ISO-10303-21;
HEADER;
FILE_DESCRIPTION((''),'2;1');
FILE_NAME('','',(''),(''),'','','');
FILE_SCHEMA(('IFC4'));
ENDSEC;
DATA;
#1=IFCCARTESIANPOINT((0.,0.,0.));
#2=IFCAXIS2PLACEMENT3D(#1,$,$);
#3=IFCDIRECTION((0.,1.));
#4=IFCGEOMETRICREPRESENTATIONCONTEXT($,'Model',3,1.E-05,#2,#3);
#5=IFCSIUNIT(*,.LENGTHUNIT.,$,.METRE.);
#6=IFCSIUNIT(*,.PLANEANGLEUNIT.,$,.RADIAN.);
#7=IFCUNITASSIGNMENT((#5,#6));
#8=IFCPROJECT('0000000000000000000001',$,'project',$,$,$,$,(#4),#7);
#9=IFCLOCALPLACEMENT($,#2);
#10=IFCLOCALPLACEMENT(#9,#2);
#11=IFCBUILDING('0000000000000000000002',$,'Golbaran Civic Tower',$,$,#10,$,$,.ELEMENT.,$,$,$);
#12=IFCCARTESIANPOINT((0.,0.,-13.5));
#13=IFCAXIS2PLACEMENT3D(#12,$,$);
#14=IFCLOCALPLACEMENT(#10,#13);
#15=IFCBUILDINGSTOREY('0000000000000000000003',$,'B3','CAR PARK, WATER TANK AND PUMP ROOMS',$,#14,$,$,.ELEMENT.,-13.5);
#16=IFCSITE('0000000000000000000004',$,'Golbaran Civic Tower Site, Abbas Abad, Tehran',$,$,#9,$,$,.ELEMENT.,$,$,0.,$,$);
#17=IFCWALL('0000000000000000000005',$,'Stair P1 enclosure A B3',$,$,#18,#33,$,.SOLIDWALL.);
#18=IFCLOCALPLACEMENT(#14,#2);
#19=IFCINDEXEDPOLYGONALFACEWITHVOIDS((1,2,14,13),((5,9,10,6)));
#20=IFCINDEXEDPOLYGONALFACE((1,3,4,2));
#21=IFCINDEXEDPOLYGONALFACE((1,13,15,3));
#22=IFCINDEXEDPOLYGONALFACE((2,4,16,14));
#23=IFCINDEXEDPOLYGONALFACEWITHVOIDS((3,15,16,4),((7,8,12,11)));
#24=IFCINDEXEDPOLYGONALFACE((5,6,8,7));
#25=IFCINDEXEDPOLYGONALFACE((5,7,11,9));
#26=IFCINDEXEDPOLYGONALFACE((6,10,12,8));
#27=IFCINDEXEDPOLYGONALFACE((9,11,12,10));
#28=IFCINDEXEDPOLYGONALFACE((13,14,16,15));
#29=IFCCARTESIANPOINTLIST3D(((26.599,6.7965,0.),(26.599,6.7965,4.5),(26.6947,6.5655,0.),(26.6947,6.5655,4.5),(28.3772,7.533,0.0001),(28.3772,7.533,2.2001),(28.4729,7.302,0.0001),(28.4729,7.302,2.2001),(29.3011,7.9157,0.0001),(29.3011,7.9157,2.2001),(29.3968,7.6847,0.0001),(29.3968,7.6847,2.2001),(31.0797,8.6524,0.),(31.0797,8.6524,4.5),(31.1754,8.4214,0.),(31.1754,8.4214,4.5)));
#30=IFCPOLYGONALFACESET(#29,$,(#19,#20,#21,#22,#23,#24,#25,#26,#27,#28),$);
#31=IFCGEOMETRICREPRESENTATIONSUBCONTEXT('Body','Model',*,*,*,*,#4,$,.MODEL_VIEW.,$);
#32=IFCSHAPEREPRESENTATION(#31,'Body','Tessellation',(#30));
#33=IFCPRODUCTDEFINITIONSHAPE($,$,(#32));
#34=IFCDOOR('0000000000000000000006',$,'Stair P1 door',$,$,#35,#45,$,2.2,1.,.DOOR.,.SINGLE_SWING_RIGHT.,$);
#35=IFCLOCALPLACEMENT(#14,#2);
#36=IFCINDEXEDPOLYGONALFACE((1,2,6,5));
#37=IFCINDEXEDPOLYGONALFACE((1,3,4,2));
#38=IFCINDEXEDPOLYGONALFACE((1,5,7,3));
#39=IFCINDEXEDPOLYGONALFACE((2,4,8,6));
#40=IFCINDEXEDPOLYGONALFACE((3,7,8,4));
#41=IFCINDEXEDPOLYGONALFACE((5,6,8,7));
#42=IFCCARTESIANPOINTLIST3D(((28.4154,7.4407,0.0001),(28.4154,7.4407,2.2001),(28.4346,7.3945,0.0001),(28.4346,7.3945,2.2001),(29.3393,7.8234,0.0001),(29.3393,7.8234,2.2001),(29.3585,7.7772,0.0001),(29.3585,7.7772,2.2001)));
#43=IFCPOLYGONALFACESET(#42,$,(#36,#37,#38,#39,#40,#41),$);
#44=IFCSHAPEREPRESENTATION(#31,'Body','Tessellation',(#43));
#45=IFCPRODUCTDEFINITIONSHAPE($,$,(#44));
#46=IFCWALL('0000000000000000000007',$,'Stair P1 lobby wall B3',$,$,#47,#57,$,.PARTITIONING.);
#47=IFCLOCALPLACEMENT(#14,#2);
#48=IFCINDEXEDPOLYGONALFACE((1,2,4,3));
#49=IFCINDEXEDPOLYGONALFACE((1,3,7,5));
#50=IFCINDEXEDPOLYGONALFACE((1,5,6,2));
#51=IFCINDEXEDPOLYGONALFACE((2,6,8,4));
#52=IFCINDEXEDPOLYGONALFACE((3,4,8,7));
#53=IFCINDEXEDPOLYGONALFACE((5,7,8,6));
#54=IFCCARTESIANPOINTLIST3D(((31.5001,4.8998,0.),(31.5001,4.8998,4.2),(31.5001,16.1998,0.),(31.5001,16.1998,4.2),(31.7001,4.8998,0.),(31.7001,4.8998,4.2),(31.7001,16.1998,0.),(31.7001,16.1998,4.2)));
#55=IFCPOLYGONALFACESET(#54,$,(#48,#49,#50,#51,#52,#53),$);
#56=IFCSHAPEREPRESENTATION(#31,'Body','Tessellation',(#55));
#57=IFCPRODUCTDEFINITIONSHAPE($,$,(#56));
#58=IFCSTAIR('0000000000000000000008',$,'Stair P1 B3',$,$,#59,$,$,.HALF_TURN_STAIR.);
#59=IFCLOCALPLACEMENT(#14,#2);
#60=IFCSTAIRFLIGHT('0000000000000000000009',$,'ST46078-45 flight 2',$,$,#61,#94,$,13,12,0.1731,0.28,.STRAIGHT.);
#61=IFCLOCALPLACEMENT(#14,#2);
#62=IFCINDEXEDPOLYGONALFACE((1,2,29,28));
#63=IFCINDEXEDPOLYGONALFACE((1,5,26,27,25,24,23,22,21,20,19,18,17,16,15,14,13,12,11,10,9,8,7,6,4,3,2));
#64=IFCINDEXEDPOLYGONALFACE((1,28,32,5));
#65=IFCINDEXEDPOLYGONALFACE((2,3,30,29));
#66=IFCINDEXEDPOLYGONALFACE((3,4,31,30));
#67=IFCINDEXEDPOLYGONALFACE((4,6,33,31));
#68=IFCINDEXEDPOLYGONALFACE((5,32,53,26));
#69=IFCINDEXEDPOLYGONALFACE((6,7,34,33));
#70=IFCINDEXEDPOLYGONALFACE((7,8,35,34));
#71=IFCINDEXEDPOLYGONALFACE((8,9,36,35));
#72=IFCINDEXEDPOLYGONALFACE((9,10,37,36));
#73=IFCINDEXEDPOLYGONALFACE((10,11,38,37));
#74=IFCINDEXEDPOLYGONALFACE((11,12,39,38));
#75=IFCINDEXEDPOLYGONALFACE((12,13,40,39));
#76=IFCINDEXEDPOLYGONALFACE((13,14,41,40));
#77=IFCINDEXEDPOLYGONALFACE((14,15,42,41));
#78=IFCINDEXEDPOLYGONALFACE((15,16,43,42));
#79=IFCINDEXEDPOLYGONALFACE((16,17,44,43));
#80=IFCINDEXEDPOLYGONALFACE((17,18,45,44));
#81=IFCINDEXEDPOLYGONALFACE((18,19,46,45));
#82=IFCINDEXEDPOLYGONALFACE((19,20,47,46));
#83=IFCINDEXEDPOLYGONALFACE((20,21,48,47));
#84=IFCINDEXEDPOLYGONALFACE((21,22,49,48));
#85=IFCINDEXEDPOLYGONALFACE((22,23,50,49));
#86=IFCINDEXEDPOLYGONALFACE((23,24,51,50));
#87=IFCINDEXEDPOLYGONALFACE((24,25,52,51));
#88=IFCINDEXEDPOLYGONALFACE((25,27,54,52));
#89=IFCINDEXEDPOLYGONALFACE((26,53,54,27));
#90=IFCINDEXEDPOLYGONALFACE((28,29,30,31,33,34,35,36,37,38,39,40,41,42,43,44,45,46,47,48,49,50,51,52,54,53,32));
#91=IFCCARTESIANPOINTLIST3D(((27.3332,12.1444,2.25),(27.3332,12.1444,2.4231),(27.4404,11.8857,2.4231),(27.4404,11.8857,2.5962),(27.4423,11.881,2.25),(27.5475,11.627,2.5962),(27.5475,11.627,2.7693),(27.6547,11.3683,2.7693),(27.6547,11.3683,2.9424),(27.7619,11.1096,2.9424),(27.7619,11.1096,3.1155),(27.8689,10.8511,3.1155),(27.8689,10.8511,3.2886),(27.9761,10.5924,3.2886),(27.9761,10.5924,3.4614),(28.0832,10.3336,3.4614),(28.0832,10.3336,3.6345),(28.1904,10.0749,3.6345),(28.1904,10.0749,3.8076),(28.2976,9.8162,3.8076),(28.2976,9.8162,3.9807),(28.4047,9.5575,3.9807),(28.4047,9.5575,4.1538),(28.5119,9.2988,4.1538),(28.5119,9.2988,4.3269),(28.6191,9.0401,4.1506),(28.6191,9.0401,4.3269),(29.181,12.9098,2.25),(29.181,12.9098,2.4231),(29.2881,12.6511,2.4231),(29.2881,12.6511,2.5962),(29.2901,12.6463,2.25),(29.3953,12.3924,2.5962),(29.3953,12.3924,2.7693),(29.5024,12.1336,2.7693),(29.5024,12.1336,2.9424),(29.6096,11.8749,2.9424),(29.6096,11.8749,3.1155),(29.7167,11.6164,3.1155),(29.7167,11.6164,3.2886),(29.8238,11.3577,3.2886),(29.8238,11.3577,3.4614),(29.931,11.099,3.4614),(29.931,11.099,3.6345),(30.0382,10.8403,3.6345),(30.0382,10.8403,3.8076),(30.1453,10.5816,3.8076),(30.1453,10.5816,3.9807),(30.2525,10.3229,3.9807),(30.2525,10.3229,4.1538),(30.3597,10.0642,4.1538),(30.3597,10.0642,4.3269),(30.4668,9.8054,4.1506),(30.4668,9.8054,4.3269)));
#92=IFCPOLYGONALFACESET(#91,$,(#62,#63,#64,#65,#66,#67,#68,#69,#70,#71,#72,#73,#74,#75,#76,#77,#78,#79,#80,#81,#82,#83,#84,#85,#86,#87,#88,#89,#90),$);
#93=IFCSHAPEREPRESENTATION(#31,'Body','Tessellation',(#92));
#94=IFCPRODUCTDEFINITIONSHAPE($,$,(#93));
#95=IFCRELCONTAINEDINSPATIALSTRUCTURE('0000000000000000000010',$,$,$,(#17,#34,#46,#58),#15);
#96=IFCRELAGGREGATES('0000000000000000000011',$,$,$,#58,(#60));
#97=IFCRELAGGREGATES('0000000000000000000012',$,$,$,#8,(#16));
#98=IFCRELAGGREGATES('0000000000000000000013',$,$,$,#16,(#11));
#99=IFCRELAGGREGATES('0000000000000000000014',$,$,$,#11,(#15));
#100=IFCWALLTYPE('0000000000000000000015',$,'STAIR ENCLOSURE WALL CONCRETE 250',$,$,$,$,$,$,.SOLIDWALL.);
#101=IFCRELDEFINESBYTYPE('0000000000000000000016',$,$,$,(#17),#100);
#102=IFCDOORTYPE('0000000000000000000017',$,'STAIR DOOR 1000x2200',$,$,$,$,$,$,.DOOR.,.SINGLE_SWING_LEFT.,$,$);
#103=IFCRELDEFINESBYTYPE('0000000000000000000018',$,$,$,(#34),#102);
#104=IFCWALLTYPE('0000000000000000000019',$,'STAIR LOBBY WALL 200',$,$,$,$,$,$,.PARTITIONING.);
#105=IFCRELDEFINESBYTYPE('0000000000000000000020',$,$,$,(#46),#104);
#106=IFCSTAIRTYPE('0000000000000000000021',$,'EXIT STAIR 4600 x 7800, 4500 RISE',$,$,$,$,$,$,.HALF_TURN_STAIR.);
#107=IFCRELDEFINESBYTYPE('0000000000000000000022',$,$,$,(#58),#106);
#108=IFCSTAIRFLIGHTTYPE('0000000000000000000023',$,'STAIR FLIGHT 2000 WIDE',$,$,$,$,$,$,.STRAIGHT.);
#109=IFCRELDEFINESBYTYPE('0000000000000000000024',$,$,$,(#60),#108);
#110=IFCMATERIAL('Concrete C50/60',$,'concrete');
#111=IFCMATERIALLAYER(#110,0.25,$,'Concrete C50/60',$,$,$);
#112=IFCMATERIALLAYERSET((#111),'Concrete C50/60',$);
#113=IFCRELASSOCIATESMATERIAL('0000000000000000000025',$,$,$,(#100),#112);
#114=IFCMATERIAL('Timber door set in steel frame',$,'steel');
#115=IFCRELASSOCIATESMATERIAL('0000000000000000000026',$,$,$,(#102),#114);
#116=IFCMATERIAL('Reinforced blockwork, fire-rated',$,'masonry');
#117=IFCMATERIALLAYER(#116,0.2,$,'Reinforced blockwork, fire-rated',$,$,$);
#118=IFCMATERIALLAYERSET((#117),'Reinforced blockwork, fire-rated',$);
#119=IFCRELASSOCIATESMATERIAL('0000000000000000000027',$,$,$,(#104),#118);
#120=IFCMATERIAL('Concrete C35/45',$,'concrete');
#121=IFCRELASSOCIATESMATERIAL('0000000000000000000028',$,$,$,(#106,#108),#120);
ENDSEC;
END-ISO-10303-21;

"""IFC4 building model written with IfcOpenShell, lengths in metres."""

from ifc_helpers import new_model, si_unit, direction, frame, frame_2d, origin, place, context, subcontext, project, spatial, polyline, rectangle, outline, extrude, material, layer, layer_set, type_object, element, fill, aggregate, save


model = new_model("IFC4")

# Units and contexts
model_context = context("Model", 3, precision=1e-05, world=origin(), true_north=direction((0.0, 1.0)))
body_context = subcontext(model_context, "Body", "Model", "MODEL_VIEW")
ifc_project = project(units=[si_unit("LENGTHUNIT", "METRE"), si_unit("PLANEANGLEUNIT", "RADIAN")], contexts=[model_context])

# Site, building, storey
site_placement = place(None, origin())
site = spatial("IfcSite", under=ifc_project, at=site_placement, Name="Golbaran Civic Tower Site, Abbas Abad, Tehran", CompositionType="ELEMENT", RefElevation=0.0)
building_placement = place(site_placement, origin())
building = spatial("IfcBuilding", under=site, at=building_placement, Name="Golbaran Civic Tower", CompositionType="ELEMENT")
storey_placement = place(building_placement, frame((0.0, 0.0, -13.5)))
storey = spatial("IfcBuildingStorey", under=building, at=storey_placement, Name="B3", Description="CAR PARK, WATER TANK AND PUMP ROOMS", CompositionType="ELEMENT", Elevation=-13.5)

# Shared definitions
ifc_material_1 = material(Name="Concrete C35/45", Category="concrete")

# Shared definitions
ifc_material_2 = material(Name="Concrete C50/60", Category="concrete")

# Wall, opening, door
ifc_layer_1 = layer(ifc_material_2, 0.25, Name="Concrete C50/60")
ifc_layer_set_1 = layer_set([ifc_layer_1], Name="Concrete C50/60")
wall_type_1 = type_object("IfcWallType", Name="STAIR ENCLOSURE WALL CONCRETE 250", PredefinedType="SOLIDWALL", material=ifc_layer_set_1)
wall_1_placement = place(storey_placement, frame((31.1274, 8.5369, 0.0), z_axis=(0.0, 0.0, 1.0), x_axis=(-0.923881, -0.382681, 0.0)))
wall_1 = element("IfcWall", 1, at=wall_1_placement, inside=storey, type_object=wall_type_1, Name="Stair P1 enclosure A B3", PredefinedType="SOLIDWALL", context=body_context, shape_type="SweptSolid", body=[
    extrude(rectangle(XDim=4.8499, YDim=0.25, at=frame_2d((2.4248, 0.0))), origin(), (0.0, 0.0, 1.0), 4.5),
])
opening_placement = place(wall_1_placement, frame((1.925, 0.0, 0.0)))
opening = element("IfcOpeningElement", 2, at=opening_placement, cuts=wall_1, PredefinedType="OPENING", context=body_context, shape_type="SweptSolid", body=[
    extrude(rectangle(XDim=1.0, YDim=2.2, at=frame_2d((0.5, 1.1001))), frame((0.0, 0.135, 0.0), z_axis=(0.0, -1.0, 0.0), x_axis=(1.0, 0.0, 0.0)), (0.0, 0.0, 1.0), 0.27),
])
ifc_material_3 = material(Name="Timber door set in steel frame", Category="steel")
door_type = type_object("IfcDoorType", Name="STAIR DOOR 1000x2200", OperationType="SINGLE_SWING_LEFT", PredefinedType="DOOR", material=ifc_material_3)
door_placement = place(opening_placement, origin())
door = element("IfcDoor", 3, at=door_placement, inside=storey, type_object=door_type, Name="Stair P1 door", OperationType="SINGLE_SWING_RIGHT", OverallHeight=2.2, OverallWidth=1.0, PredefinedType="DOOR", context=body_context, shape_type="SweptSolid", body=[
    extrude(rectangle(XDim=1.0, YDim=2.2, at=frame_2d((0.5, 1.1001))), frame((0.0, 0.0249, 0.0), z_axis=(0.0, -1.0, 0.0), x_axis=(1.0, 0.0, 0.0)), (0.0, 0.0, 1.0), 0.05),
])
fill(opening, door)

# Wall
ifc_material_4 = material(Name="Reinforced blockwork, fire-rated", Category="masonry")
ifc_layer_2 = layer(ifc_material_4, 0.2, Name="Reinforced blockwork, fire-rated")
ifc_layer_set_2 = layer_set([ifc_layer_2], Name="Reinforced blockwork, fire-rated")
wall_type_2 = type_object("IfcWallType", Name="STAIR LOBBY WALL 200", PredefinedType="PARTITIONING", material=ifc_layer_set_2)
wall_2_placement = place(storey_placement, frame((31.6001, 4.8999, 0.0), z_axis=(0.0, 0.0, 1.0), x_axis=(0.0, 1.0, 0.0)))
element("IfcWall", 4, at=wall_2_placement, inside=storey, type_object=wall_type_2, Name="Stair P1 lobby wall B3", PredefinedType="PARTITIONING", context=body_context, shape_type="SweptSolid", body=[
    extrude(rectangle(XDim=11.3, YDim=0.2, at=frame_2d((5.6499, 0.0))), origin(), (0.0, 0.0, 1.0), 4.2),
])

# Stair, stair flight
stair_type = type_object("IfcStairType", Name="EXIT STAIR 4600 x 7800, 4500 RISE", PredefinedType="HALF_TURN_STAIR", material=ifc_material_1)
stair_placement = place(storey_placement, origin())
stair = element("IfcStair", 5, at=stair_placement, inside=storey, type_object=stair_type, Name="Stair P1 B3", PredefinedType="HALF_TURN_STAIR")
stair_flight_type = type_object("IfcStairFlightType", Name="STAIR FLIGHT 2000 WIDE", PredefinedType="STRAIGHT", material=ifc_material_1)
stair_flight_placement = place(storey_placement, frame((28.2571, 12.5271, 2.25), z_axis=(0.0, 0.0, 1.0), x_axis=(0.382683, -0.92388, 0.0)))
stair_flight = element("IfcStairFlight", 6, at=stair_flight_placement, type_object=stair_flight_type, Name="ST46078-45 flight 2", NumberOfRisers=13, NumberOfTreads=12, PredefinedType="STRAIGHT", RiserHeight=0.1731, TreadLength=0.28, context=body_context, shape_type="SweptSolid", body=[
    extrude(outline(polyline([(0.0, 0.0), (0.0, 0.1731), (0.28, 0.1731), (0.28, 0.3462), (0.5601, 0.3462), (0.5601, 0.5193), (0.8401, 0.5193), (0.8401, 0.6924), (1.1201, 0.6924), (1.1201, 0.8655), (1.3999, 0.8655), (1.3999, 1.0386), (1.6799, 1.0386), (1.6799, 1.2114), (1.96, 1.2114), (1.96, 1.3845), (2.24, 1.3845), (2.24, 1.5576), (2.52, 1.5576), (2.52, 1.7307), (2.8, 1.7307), (2.8, 1.9038), (3.0801, 1.9038), (3.0801, 2.0769), (3.3601, 2.0769), (3.3601, 2.25), (3.3601, 1.9006), (0.2852, 0.0), (0.0, 0.0)])), frame((0.0, 1.0, 0.0), z_axis=(0.0, -1.0, 0.0), x_axis=(1.0, 0.0, 0.0)), (0.0, 0.0, 1.0), 2.0),
])
aggregate(stair, [stair_flight])

save(model, "model.ifc")
